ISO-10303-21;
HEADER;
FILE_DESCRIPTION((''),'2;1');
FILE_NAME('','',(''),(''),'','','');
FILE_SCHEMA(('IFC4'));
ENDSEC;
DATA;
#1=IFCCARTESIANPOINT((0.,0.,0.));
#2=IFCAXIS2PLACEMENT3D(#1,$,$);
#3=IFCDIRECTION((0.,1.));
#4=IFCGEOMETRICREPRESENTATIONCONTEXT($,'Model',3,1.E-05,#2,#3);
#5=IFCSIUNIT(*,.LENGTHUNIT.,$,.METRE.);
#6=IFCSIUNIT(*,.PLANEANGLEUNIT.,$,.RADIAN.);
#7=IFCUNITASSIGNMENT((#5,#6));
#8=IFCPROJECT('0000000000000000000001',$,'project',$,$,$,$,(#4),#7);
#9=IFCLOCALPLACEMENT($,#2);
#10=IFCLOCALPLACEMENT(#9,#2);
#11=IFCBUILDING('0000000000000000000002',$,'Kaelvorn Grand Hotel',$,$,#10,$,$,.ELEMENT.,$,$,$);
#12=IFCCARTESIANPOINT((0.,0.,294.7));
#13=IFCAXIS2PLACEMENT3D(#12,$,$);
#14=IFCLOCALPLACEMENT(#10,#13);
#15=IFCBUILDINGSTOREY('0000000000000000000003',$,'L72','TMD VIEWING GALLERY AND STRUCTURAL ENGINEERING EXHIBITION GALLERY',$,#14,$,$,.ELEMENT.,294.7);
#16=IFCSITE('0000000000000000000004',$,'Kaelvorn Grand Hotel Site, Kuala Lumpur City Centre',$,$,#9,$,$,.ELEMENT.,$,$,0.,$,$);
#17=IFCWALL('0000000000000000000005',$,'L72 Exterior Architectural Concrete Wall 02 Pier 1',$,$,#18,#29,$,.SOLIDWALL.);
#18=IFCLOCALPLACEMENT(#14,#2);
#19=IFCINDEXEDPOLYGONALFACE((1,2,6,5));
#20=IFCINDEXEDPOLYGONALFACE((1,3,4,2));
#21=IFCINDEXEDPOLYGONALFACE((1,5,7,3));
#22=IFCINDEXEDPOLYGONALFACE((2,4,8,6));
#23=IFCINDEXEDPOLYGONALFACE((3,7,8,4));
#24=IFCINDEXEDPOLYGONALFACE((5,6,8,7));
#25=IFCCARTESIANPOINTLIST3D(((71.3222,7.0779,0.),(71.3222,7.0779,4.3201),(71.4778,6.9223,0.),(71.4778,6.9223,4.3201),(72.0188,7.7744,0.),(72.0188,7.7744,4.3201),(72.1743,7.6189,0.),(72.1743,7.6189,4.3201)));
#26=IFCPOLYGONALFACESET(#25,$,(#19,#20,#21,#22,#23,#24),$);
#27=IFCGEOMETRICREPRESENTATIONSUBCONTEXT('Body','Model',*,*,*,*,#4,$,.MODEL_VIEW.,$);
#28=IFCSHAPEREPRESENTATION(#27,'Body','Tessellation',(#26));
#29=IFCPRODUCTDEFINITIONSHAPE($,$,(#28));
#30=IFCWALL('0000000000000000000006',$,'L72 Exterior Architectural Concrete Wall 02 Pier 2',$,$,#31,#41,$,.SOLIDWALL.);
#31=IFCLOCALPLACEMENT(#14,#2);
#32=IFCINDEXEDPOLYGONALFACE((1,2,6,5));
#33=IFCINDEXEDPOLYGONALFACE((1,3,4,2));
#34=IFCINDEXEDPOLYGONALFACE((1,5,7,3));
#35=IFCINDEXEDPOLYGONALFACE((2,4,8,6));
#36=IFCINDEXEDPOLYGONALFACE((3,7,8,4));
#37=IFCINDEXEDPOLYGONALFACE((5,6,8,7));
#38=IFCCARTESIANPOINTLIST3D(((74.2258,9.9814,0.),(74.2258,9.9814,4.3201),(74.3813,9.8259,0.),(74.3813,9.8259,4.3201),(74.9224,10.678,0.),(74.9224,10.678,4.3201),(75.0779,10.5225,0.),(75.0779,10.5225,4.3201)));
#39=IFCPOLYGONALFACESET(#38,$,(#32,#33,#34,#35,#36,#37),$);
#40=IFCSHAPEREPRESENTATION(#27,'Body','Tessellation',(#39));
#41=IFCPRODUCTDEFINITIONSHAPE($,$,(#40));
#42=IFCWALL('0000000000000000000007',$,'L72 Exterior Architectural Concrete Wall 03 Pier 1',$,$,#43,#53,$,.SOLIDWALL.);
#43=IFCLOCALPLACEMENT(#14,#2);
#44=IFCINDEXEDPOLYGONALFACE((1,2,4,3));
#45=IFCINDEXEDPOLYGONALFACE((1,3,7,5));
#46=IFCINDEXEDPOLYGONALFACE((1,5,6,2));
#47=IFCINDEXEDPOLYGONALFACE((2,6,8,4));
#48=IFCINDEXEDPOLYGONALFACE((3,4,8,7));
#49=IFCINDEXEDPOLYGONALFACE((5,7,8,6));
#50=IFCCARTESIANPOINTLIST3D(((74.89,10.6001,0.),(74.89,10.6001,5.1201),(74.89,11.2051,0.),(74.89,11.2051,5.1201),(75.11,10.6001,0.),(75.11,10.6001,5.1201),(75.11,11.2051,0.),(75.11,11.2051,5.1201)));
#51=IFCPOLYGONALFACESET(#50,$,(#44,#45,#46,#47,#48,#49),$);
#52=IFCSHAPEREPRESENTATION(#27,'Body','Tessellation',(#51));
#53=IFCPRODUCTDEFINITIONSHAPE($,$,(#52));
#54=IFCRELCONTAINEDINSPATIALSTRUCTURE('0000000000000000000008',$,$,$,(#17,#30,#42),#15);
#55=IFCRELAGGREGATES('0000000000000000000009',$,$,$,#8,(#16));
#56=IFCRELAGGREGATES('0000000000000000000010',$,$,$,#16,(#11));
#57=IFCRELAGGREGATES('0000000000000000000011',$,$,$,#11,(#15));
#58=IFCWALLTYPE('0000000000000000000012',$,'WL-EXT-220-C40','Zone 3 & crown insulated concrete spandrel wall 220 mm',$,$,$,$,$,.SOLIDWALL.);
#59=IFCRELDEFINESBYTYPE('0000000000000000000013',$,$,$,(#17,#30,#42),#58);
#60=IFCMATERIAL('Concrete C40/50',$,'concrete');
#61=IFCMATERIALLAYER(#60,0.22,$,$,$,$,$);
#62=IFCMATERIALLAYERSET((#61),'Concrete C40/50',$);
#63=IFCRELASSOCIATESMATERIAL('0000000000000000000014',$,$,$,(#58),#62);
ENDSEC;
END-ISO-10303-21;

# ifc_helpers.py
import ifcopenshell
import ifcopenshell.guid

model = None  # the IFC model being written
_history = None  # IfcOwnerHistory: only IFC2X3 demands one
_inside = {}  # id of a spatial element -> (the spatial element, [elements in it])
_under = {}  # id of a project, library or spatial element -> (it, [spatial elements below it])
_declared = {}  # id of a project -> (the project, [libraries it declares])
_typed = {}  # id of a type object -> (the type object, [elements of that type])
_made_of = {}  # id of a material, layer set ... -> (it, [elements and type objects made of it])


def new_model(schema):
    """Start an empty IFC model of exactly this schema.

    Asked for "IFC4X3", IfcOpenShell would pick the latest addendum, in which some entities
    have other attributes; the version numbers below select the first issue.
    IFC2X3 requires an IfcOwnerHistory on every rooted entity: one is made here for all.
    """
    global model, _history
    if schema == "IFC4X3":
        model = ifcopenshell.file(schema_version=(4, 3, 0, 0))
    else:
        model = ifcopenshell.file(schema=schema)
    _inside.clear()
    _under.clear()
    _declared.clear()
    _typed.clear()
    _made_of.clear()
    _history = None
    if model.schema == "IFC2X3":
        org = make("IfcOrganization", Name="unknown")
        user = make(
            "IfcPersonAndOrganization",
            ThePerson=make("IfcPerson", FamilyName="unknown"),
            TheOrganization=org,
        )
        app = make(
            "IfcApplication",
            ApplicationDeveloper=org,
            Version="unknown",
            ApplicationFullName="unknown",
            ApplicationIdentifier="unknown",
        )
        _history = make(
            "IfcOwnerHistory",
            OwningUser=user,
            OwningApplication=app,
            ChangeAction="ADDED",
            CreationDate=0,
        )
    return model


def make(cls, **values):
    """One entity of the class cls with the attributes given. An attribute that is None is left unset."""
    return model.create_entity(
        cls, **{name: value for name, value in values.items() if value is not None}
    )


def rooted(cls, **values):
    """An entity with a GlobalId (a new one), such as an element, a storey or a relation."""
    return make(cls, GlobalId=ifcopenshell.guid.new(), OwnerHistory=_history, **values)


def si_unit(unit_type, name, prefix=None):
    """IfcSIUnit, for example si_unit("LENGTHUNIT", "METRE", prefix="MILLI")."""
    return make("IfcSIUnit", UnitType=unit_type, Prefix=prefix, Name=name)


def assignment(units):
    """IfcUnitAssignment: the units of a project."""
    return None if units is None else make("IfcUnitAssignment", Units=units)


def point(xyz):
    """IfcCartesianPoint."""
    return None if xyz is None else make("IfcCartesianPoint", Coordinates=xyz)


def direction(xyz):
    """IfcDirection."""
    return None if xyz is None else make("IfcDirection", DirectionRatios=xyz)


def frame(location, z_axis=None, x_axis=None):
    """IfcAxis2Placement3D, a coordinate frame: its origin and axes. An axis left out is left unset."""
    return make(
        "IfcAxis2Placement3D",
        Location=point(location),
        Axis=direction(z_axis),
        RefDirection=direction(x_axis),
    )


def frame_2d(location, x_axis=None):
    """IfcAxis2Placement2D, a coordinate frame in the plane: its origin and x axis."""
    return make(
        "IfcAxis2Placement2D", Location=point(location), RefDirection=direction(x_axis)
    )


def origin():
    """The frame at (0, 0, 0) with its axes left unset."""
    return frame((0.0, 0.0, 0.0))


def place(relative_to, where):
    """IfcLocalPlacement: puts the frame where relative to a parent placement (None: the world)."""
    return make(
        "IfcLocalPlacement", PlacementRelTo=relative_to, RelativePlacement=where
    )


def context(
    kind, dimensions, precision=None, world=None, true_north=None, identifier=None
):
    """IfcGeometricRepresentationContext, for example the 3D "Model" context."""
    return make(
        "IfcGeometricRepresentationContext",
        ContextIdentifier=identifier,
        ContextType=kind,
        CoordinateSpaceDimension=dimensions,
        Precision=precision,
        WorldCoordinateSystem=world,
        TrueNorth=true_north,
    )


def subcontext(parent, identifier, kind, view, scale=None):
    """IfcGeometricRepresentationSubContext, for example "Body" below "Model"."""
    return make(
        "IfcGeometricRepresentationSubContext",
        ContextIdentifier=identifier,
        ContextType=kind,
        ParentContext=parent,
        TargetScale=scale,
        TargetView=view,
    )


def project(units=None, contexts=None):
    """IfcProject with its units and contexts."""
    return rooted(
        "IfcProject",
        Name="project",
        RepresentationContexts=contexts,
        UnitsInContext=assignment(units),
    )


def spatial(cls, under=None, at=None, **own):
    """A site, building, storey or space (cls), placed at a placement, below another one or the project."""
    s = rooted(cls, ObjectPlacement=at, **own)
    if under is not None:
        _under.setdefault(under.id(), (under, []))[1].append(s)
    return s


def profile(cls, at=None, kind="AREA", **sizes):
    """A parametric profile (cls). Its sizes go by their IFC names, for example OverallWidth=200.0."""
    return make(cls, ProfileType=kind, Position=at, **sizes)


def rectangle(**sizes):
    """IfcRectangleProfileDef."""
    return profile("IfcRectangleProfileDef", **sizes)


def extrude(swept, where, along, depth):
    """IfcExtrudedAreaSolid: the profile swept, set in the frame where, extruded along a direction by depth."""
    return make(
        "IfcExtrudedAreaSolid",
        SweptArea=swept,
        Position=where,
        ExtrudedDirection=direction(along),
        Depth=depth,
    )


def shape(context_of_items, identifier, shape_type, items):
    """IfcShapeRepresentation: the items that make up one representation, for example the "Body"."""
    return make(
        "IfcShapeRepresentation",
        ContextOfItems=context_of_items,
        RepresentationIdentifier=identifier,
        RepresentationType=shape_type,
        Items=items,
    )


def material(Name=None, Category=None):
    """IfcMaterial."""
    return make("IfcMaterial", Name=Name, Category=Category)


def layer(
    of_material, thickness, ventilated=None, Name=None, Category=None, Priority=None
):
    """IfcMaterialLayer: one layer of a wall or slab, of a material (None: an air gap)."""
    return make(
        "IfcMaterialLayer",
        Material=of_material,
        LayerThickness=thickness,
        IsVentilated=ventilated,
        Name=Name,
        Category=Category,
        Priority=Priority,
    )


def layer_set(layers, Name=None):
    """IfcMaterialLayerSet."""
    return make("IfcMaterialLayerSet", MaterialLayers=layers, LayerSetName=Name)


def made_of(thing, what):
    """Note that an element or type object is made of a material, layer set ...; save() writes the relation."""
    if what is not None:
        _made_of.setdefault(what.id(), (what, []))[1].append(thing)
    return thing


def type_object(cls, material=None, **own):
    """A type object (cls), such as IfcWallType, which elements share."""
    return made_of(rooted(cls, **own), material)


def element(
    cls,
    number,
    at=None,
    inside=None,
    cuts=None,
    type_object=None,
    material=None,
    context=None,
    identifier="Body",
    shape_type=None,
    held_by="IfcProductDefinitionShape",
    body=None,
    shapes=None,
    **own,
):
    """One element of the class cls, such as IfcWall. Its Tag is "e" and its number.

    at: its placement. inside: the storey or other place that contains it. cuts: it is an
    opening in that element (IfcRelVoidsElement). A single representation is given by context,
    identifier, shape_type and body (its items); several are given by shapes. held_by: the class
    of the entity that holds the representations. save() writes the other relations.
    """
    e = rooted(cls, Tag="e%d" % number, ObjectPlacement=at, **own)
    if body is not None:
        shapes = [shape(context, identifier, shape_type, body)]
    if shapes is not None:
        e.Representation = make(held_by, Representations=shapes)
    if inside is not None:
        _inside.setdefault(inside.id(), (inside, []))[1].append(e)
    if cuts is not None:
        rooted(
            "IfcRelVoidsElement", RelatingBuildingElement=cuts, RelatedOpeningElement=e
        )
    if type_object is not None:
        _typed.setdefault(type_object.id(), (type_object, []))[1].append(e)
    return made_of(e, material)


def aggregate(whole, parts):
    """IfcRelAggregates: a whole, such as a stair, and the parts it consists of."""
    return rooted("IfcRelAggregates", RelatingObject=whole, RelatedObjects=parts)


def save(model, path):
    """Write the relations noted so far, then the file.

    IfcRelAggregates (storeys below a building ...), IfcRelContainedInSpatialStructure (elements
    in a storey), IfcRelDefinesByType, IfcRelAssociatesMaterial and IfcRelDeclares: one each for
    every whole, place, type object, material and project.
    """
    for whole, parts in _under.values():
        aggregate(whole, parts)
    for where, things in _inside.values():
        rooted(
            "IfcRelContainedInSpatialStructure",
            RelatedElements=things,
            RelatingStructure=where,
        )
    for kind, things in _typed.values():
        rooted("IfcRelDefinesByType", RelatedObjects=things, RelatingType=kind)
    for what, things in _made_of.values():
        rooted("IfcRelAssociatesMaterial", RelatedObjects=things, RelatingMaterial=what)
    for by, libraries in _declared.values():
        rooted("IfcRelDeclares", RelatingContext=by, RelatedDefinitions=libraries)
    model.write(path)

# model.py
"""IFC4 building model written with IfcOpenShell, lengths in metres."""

from ifc_helpers import new_model, si_unit, direction, frame, frame_2d, origin, place, context, subcontext, project, spatial, rectangle, extrude, material, layer, layer_set, type_object, element, save


model = new_model("IFC4")

# Units and contexts
model_context = context("Model", 3, precision=1e-05, world=origin(), true_north=direction((0.0, 1.0)))
body_context = subcontext(model_context, "Body", "Model", "MODEL_VIEW")
ifc_project = project(units=[si_unit("LENGTHUNIT", "METRE"), si_unit("PLANEANGLEUNIT", "RADIAN")], contexts=[model_context])

# Site, building, storey
site_placement = place(None, origin())
site = spatial("IfcSite", under=ifc_project, at=site_placement, Name="Kaelvorn Grand Hotel Site, Kuala Lumpur City Centre", CompositionType="ELEMENT", RefElevation=0.0)
building_placement = place(site_placement, origin())
building = spatial("IfcBuilding", under=site, at=building_placement, Name="Kaelvorn Grand Hotel", CompositionType="ELEMENT")
storey_placement = place(building_placement, frame((0.0, 0.0, 294.7)))
storey = spatial("IfcBuildingStorey", under=building, at=storey_placement, Name="L72", Description="TMD VIEWING GALLERY AND STRUCTURAL ENGINEERING EXHIBITION GALLERY", CompositionType="ELEMENT", Elevation=294.7)

# Walls
ifc_material_1 = material(Name="Concrete C40/50", Category="concrete")
ifc_layer_1 = layer(ifc_material_1, 0.22)
ifc_layer_set_1 = layer_set([ifc_layer_1], Name="Concrete C40/50")
wall_type = type_object("IfcWallType", Name="WL-EXT-220-C40", Description="Zone 3 & crown insulated concrete spandrel wall 220 mm", PredefinedType="SOLIDWALL", material=ifc_layer_set_1)
for number, where, z_axis, x_axis, name in (
    (1, (71.3999, 7.0, 0.0), (0.0, 0.0, 1.0), (0.707107, 0.707107, 0.0), "L72 Exterior Architectural Concrete Wall 02 Pier 1"),
    (2, (74.3035, 9.9036, 0.0), (0.0, 0.0, 1.0), (0.707107, 0.707107, 0.0), "L72 Exterior Architectural Concrete Wall 02 Pier 2"),
):
    element("IfcWall", number, at=place(storey_placement, frame(where, z_axis=z_axis, x_axis=x_axis)), inside=storey, type_object=wall_type, Name=name, PredefinedType="SOLIDWALL", context=body_context, shape_type="SweptSolid", body=[
        extrude(rectangle(XDim=0.9851, YDim=0.22, at=frame_2d((0.4927, 0.0))), origin(), (0.0, 0.0, 1.0), 4.3201),
    ])
wall_placement = place(storey_placement, frame((75.0, 10.6001, 0.0), z_axis=(0.0, 0.0, 1.0), x_axis=(0.0, 1.0, 0.0)))
element("IfcWall", 3, at=wall_placement, inside=storey, type_object=wall_type, Name="L72 Exterior Architectural Concrete Wall 03 Pier 1", PredefinedType="SOLIDWALL", context=body_context, shape_type="SweptSolid", body=[
    extrude(rectangle(XDim=0.605, YDim=0.22, at=frame_2d((0.3025, 0.0))), origin(), (0.0, 0.0, 1.0), 5.1201),
])

save(model, "model.ifc")
